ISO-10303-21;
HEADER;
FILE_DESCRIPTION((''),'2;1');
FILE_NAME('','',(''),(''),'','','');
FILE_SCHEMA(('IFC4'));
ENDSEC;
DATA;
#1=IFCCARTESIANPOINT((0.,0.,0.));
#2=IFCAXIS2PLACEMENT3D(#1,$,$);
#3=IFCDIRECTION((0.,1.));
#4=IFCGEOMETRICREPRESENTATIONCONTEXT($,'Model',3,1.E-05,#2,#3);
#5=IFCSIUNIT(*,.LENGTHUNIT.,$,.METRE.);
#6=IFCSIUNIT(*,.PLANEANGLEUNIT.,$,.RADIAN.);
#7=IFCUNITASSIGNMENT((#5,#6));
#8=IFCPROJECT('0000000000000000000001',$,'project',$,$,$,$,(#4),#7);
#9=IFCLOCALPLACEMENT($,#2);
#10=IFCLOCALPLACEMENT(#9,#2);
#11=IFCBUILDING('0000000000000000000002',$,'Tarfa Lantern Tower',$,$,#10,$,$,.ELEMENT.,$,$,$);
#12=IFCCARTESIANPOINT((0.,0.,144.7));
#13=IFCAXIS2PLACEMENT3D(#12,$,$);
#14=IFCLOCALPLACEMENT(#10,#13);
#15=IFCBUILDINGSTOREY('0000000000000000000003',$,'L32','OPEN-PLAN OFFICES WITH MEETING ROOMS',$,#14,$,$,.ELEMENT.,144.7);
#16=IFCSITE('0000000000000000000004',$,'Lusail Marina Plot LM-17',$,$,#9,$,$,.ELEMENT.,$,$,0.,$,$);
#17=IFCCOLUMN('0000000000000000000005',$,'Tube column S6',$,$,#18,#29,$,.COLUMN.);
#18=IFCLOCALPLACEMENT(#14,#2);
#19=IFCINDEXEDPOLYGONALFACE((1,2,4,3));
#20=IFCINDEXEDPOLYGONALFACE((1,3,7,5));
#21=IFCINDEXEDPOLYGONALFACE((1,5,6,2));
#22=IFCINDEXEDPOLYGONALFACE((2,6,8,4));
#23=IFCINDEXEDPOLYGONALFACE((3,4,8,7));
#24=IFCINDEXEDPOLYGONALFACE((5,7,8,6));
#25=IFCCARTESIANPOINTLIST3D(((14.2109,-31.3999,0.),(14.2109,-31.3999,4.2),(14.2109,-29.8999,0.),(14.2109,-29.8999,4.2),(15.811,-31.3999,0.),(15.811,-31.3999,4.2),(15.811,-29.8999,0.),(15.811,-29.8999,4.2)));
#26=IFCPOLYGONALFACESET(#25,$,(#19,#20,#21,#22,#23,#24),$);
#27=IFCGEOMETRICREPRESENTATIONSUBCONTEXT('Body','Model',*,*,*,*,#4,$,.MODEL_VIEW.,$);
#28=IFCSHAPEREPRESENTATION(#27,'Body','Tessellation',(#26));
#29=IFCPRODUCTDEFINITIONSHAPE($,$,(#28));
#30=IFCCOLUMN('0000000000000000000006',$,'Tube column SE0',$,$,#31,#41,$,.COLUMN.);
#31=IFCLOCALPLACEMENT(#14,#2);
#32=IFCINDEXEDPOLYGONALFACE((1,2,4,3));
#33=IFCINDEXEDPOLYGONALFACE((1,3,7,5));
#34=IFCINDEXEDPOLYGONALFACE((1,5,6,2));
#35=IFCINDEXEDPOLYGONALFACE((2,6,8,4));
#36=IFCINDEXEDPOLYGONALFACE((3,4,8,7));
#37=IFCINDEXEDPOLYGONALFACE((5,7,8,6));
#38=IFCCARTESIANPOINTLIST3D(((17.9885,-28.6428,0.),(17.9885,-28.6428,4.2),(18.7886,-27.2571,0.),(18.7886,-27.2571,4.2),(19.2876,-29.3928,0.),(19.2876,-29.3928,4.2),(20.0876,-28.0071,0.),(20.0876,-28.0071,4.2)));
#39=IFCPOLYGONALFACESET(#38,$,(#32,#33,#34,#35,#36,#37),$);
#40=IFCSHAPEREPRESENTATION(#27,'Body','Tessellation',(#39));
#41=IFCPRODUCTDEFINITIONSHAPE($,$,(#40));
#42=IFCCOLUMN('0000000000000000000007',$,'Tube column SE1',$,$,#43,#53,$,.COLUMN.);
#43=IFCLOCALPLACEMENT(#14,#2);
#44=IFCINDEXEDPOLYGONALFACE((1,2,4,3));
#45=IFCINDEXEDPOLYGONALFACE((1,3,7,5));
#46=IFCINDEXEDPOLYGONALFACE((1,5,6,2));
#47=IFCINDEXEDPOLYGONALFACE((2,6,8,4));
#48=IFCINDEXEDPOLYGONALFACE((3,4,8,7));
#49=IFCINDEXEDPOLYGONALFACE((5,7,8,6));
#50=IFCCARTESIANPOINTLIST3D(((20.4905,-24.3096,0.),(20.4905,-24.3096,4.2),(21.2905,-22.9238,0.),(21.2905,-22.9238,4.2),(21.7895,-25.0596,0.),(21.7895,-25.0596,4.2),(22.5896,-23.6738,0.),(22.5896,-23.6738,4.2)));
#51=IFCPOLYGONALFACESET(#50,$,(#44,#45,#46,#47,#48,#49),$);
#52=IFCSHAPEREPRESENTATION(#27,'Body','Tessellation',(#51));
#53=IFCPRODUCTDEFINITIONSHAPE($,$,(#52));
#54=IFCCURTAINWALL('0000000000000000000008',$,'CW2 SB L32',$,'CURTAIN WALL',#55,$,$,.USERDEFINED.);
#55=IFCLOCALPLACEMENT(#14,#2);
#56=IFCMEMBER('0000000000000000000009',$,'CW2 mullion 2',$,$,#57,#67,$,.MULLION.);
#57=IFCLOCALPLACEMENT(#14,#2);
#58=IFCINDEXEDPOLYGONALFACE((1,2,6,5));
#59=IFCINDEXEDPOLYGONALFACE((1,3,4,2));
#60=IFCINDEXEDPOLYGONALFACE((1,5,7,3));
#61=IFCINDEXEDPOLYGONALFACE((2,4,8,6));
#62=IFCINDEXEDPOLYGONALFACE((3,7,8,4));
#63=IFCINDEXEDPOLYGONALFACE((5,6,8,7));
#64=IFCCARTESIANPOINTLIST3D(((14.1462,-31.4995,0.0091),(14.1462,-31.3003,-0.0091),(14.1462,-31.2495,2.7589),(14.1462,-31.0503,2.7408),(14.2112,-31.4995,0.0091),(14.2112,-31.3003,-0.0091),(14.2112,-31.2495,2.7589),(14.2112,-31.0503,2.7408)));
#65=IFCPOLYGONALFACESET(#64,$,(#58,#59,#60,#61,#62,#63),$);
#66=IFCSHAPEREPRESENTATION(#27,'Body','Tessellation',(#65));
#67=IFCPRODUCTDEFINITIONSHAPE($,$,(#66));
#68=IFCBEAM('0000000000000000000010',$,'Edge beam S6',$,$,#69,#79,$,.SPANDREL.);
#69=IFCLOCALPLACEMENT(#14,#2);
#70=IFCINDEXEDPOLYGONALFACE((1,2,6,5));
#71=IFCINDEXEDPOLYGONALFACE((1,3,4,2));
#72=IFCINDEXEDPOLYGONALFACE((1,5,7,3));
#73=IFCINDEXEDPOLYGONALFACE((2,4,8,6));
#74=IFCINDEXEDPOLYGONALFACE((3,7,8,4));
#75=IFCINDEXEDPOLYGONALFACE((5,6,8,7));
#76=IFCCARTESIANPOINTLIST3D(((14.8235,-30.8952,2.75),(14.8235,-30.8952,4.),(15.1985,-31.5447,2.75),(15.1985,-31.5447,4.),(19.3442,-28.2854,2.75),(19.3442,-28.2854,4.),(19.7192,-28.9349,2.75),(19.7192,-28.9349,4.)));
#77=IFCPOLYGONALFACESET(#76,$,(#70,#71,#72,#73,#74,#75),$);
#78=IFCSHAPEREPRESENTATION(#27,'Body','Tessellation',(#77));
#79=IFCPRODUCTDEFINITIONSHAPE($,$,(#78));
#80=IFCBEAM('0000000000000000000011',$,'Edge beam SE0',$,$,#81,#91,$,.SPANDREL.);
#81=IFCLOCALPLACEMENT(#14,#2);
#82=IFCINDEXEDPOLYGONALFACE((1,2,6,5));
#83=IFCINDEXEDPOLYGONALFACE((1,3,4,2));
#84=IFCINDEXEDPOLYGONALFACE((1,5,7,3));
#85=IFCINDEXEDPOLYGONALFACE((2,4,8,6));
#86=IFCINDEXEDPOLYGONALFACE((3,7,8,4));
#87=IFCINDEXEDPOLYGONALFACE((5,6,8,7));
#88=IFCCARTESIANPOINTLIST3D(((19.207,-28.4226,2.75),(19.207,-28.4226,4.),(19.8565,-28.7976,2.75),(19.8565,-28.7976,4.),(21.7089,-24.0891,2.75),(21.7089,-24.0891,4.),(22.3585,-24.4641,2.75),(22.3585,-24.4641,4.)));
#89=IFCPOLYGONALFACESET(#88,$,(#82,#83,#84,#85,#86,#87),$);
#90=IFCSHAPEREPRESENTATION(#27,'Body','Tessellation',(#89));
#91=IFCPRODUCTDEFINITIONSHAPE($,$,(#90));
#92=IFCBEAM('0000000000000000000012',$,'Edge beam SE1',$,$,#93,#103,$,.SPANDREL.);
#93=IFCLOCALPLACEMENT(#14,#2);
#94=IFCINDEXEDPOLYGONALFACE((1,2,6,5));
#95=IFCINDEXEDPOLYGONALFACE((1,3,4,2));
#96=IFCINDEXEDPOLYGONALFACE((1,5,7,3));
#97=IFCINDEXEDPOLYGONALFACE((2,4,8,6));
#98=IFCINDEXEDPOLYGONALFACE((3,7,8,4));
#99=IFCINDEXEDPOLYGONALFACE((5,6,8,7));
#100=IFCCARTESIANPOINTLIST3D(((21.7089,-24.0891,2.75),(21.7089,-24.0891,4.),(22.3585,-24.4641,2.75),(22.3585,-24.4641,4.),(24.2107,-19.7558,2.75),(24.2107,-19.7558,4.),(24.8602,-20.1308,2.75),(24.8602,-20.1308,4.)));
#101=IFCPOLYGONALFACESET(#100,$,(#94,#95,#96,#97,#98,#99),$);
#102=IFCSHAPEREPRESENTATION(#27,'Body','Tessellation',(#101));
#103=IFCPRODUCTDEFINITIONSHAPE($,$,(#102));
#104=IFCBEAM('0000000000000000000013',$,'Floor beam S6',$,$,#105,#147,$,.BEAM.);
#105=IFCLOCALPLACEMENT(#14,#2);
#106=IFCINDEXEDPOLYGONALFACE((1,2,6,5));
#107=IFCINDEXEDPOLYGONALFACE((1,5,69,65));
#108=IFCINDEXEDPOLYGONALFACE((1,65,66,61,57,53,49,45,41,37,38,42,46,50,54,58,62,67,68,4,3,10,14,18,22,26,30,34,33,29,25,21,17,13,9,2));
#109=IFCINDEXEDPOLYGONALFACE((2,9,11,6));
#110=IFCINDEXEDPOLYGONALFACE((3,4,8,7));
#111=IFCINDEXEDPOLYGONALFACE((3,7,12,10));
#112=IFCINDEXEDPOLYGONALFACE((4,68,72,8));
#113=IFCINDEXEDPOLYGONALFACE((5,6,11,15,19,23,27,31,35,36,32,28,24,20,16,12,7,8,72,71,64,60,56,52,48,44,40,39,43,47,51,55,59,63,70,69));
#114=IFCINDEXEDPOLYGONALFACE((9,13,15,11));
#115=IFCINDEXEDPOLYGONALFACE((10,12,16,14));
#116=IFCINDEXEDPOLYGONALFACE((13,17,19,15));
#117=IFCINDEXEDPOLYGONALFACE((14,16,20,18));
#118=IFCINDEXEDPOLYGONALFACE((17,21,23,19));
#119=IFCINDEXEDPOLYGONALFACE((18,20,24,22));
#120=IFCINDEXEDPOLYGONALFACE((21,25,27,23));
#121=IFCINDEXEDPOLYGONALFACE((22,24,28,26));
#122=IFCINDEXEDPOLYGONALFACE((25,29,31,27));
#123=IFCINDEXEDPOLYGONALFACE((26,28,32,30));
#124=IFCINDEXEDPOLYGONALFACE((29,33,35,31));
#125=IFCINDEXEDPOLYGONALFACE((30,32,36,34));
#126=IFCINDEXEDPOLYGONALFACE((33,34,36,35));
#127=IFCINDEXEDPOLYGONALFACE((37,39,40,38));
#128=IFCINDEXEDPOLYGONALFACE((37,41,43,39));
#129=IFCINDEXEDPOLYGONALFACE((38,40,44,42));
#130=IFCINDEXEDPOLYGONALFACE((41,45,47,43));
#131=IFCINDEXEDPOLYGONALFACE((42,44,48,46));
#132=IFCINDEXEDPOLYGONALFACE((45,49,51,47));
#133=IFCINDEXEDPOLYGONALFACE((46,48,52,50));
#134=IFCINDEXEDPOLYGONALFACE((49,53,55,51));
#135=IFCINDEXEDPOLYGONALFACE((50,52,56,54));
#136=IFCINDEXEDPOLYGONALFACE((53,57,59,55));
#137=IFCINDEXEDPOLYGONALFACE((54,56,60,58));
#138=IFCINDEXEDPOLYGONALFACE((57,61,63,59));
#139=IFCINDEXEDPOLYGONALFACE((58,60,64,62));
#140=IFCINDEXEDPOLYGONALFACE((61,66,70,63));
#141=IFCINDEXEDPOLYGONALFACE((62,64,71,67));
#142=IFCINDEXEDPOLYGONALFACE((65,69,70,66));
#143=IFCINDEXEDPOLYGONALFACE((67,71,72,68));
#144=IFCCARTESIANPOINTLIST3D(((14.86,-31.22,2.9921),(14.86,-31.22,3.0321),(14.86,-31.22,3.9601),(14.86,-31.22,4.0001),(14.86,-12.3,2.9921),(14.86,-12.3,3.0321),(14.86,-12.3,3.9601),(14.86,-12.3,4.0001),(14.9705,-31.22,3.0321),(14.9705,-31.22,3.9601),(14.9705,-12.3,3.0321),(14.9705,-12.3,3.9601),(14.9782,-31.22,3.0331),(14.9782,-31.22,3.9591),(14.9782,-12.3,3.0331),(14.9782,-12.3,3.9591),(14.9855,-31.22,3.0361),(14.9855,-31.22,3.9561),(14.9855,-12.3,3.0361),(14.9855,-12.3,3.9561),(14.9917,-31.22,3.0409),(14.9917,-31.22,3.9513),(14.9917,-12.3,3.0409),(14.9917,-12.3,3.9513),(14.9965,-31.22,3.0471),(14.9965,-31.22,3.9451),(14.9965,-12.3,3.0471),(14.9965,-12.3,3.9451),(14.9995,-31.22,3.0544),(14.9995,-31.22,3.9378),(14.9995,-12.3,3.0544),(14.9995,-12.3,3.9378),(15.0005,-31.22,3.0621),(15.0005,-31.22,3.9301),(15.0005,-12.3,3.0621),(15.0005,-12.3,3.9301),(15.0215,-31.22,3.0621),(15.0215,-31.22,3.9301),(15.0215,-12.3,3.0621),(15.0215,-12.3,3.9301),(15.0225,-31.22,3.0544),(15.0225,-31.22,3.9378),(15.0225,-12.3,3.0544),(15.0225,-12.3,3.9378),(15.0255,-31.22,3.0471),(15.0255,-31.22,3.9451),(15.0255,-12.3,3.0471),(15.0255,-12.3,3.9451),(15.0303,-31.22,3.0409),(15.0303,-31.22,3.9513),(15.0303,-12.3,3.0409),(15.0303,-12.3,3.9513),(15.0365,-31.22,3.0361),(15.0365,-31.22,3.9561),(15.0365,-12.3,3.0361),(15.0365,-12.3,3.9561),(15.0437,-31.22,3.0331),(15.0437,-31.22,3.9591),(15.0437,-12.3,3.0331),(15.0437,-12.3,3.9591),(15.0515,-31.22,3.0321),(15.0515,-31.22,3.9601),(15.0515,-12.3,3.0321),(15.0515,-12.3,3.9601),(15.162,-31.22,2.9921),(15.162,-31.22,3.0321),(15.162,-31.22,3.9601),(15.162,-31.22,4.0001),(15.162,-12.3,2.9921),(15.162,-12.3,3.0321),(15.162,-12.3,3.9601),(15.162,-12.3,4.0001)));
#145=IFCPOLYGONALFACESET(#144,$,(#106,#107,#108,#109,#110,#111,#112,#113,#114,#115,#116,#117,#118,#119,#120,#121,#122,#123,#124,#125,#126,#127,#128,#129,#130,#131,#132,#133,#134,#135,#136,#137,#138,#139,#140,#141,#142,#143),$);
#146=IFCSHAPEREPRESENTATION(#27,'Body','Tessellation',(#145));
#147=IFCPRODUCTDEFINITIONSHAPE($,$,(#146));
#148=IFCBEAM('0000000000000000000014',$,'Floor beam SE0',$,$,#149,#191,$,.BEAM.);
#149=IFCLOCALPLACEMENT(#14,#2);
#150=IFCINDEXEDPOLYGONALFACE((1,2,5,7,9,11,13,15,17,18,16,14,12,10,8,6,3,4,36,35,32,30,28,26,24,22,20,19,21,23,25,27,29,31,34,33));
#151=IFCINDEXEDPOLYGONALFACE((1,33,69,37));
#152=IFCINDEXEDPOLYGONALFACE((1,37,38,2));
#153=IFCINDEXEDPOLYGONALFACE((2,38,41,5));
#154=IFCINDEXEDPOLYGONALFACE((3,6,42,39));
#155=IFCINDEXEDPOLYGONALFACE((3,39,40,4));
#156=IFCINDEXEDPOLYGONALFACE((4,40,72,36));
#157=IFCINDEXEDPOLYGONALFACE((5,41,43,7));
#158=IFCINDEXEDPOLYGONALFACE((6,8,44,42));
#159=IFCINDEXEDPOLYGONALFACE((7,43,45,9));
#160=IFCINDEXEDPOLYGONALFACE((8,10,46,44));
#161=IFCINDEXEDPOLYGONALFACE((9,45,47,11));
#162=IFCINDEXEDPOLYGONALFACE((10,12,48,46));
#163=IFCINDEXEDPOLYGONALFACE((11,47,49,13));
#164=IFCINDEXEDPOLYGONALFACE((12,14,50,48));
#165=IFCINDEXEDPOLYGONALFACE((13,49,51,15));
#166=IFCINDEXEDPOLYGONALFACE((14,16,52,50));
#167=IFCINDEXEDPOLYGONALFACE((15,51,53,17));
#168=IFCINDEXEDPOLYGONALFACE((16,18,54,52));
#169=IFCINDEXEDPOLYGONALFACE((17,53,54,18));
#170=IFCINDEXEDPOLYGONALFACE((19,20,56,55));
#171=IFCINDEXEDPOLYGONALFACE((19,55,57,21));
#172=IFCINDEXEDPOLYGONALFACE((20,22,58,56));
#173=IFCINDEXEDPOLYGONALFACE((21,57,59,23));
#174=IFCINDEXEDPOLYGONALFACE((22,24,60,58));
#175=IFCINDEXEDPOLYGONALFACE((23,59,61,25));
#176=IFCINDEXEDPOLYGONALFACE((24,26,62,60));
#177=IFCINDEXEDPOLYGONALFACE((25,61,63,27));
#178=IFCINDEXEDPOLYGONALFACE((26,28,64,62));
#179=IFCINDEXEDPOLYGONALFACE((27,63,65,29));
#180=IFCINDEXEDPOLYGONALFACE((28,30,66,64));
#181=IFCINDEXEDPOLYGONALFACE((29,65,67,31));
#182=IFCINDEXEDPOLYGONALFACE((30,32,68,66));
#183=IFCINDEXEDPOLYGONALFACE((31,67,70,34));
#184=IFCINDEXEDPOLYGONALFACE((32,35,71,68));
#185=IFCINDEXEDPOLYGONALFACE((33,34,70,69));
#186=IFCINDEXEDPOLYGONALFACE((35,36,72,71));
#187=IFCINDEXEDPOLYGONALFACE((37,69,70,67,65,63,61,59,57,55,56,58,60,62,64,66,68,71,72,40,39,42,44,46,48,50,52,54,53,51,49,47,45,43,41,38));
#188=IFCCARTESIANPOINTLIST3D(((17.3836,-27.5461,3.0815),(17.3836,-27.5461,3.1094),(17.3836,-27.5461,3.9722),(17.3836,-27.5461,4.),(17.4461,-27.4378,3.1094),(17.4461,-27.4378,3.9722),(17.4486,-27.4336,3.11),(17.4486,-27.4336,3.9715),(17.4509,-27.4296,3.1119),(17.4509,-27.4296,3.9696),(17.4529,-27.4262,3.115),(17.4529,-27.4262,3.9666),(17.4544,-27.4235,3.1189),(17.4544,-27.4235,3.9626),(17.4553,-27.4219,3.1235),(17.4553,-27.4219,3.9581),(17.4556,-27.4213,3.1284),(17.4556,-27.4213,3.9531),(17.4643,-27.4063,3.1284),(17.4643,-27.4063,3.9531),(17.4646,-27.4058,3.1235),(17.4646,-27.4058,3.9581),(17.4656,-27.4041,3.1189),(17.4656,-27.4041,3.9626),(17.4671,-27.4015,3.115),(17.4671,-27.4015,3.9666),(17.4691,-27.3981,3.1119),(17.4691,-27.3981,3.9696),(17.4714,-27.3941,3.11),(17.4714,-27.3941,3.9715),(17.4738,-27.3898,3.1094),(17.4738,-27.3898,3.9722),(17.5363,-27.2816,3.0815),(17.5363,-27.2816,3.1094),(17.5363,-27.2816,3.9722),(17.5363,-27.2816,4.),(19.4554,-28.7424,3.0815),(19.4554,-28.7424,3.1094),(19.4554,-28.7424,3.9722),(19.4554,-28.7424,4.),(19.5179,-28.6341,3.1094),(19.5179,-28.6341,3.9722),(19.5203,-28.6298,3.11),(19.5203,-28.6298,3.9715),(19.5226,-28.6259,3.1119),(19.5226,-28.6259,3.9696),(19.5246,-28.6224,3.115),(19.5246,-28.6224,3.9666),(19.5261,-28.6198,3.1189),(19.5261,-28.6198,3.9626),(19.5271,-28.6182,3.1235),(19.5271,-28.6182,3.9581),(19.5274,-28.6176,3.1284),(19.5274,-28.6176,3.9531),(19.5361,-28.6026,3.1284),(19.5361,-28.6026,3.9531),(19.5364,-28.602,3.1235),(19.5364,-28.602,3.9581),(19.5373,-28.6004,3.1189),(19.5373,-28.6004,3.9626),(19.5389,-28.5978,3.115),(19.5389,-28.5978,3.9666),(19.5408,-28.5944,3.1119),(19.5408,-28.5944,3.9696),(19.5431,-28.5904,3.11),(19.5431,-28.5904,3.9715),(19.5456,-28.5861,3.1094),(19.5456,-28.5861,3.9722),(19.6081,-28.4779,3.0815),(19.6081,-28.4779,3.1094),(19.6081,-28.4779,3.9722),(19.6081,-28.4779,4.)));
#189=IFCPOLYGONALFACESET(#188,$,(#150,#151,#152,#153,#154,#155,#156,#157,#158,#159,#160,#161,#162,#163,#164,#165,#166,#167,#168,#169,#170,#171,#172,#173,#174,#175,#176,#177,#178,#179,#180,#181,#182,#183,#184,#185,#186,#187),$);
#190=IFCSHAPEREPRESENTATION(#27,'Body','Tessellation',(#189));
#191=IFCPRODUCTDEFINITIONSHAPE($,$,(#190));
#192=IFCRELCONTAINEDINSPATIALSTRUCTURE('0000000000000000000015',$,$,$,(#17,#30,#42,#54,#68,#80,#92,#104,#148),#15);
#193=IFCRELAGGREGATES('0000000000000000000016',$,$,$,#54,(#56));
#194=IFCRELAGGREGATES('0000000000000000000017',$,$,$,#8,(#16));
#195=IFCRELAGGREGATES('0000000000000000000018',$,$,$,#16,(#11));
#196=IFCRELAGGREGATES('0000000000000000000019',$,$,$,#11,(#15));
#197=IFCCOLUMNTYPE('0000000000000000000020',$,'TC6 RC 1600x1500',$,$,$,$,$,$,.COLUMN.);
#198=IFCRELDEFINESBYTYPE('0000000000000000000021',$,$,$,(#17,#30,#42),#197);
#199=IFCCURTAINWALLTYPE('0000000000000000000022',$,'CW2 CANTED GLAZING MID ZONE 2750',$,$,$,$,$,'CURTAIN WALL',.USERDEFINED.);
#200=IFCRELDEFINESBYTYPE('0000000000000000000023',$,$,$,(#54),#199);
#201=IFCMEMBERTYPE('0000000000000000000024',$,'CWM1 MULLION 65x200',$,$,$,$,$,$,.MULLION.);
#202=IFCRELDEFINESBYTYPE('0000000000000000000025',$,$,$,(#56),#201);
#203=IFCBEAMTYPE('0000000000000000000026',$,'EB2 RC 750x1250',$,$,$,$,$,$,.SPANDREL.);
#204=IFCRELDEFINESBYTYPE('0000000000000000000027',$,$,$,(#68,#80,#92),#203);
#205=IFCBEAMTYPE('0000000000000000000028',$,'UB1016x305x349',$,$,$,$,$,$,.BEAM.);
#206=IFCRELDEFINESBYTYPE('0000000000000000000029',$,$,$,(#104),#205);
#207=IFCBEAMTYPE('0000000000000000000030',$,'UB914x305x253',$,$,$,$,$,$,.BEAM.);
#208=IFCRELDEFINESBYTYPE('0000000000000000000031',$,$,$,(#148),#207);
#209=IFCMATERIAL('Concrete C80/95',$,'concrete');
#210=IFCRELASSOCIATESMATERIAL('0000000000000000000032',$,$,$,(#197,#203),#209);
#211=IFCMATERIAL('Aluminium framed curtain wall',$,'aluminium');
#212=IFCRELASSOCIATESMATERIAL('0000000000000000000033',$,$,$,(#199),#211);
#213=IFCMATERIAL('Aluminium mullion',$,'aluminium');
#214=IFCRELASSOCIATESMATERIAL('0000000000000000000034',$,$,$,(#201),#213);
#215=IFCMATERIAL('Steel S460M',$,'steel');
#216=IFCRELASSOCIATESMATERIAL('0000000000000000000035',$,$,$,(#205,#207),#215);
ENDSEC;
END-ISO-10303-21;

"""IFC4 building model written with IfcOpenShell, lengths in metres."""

from ifc_helpers import new_model, si_unit, direction, frame, origin, origin_2d, place, context, subcontext, project, spatial, rectangle, i_section, extrude, material, material_profile, profile_set, type_object, element, aggregate, save


model = new_model("IFC4")

# Units and contexts
model_context = context("Model", 3, precision=1e-05, world=origin(), true_north=direction((0.0, 1.0)))
body_context = subcontext(model_context, "Body", "Model", "MODEL_VIEW")
ifc_project = project(units=[si_unit("LENGTHUNIT", "METRE"), si_unit("PLANEANGLEUNIT", "RADIAN")], contexts=[model_context])

# Site, building, storey
site_placement = place(None, origin())
site = spatial("IfcSite", under=ifc_project, at=site_placement, Name="Lusail Marina Plot LM-17", CompositionType="ELEMENT", RefElevation=0.0)
building_placement = place(site_placement, origin())
building = spatial("IfcBuilding", under=site, at=building_placement, Name="Tarfa Lantern Tower", CompositionType="ELEMENT")
storey_placement = place(building_placement, frame((0.0, 0.0, 144.7)))
storey = spatial("IfcBuildingStorey", under=building, at=storey_placement, Name="L32", Description="OPEN-PLAN OFFICES WITH MEETING ROOMS", CompositionType="ELEMENT", Elevation=144.7)

# Columns
ifc_material_1 = material(Name="Concrete C80/95", Category="concrete")
ifc_material_profile_1 = material_profile(ifc_material_1, rectangle(XDim=1.6001, YDim=1.5, at=origin_2d()), Name="RC 1600x1500")
ifc_profile_set_1 = profile_set([ifc_material_profile_1], Name="Concrete C80/95")
column_type = type_object("IfcColumnType", Name="TC6 RC 1600x1500", PredefinedType="COLUMN", material=ifc_profile_set_1)
for number, where, z_axis, x_axis, name in (
    (1, (15.011, -30.6499, 0.0), (0.0, 0.0, 1.0), (1.0, 0.0, 0.0), "Tube column S6"),
    (2, (19.0381, -28.325, 0.0), (0.0, 0.0, 1.0), (0.5, 0.866025, 0.0), "Tube column SE0"),
    (3, (21.54, -23.9917, 0.0), (0.0, 0.0, 1.0), (0.5, 0.866025, 0.0), "Tube column SE1"),
):
    element("IfcColumn", number, at=place(storey_placement, frame(where, z_axis=z_axis, x_axis=x_axis)), inside=storey, type_object=column_type, Name=name, PredefinedType="COLUMN", context=body_context, shape_type="SweptSolid", body=[
        extrude(rectangle(XDim=1.6001, YDim=1.5, at=origin_2d()), origin(), (0.0, 0.0, 1.0), 4.2),
    ])

# Curtain wall, member
ifc_material_2 = material(Name="Aluminium framed curtain wall", Category="aluminium")
curtain_wall_type = type_object("IfcCurtainWallType", Name="CW2 CANTED GLAZING MID ZONE 2750", ElementType="CURTAIN WALL", PredefinedType="USERDEFINED", material=ifc_material_2)
curtain_wall_placement = place(storey_placement, origin())
curtain_wall = element("IfcCurtainWall", 4, at=curtain_wall_placement, inside=storey, type_object=curtain_wall_type, Name="CW2 SB L32", ObjectType="CURTAIN WALL", PredefinedType="USERDEFINED")
ifc_material_3 = material(Name="Aluminium mullion", Category="aluminium")
ifc_material_profile_2 = material_profile(ifc_material_3, rectangle(XDim=0.0649, YDim=0.2, at=origin_2d()), Name="AL MULLION 65x200")
ifc_profile_set_2 = profile_set([ifc_material_profile_2], Name="Aluminium mullion")
member_type = type_object("IfcMemberType", Name="CWM1 MULLION 65x200", PredefinedType="MULLION", material=ifc_profile_set_2)
member_placement = place(storey_placement, frame((14.1787, -31.3999, 0.0), z_axis=(0.0, 0.090536, 0.995893), x_axis=(-1.0, 0.0, 0.0)))
member = element("IfcMember", 5, at=member_placement, type_object=member_type, Name="CW2 mullion 2", PredefinedType="MULLION", context=body_context, shape_type="SweptSolid", body=[
    extrude(rectangle(XDim=0.0649, YDim=0.2, at=origin_2d()), origin(), (0.0, 0.0, 1.0), 2.7612),
])
aggregate(curtain_wall, [member])

# Beams
ifc_material_profile_3 = material_profile(ifc_material_1, rectangle(XDim=0.75, YDim=1.25, at=origin_2d()), Name="RC 750x1250")
ifc_profile_set_3 = profile_set([ifc_material_profile_3], Name="Concrete C80/95")
beam_type_1 = type_object("IfcBeamType", Name="EB2 RC 750x1250", PredefinedType="SPANDREL", material=ifc_profile_set_3)
beam_1_placement = place(storey_placement, frame((15.011, -31.22, 3.375), z_axis=(0.866042, 0.499972, 0.0), x_axis=(-0.499972, 0.866042, 0.0)))
element("IfcBeam", 6, at=beam_1_placement, inside=storey, type_object=beam_type_1, Name="Edge beam S6", PredefinedType="SPANDREL", context=body_context, shape_type="SweptSolid", body=[
    extrude(rectangle(XDim=0.75, YDim=1.25, at=origin_2d()), origin(), (0.0, 0.0, 1.0), 5.22),
])
beam_2_placement = place(storey_placement, frame((19.5317, -28.6101, 3.375), z_axis=(0.500001, 0.866025, 0.0), x_axis=(-0.866025, 0.500001, 0.0)))
element("IfcBeam", 7, at=beam_2_placement, inside=storey, type_object=beam_type_1, Name="Edge beam SE0", PredefinedType="SPANDREL", context=body_context, shape_type="SweptSolid", body=[
    extrude(rectangle(XDim=0.75, YDim=1.25, at=origin_2d()), origin(), (0.0, 0.0, 1.0), 5.0039),
])
beam_3_placement = place(storey_placement, frame((22.0337, -24.2766, 3.375), z_axis=(0.499986, 0.866034, 0.0), x_axis=(-0.866034, 0.499986, 0.0)))
element("IfcBeam", 8, at=beam_3_placement, inside=storey, type_object=beam_type_1, Name="Edge beam SE1", PredefinedType="SPANDREL", context=body_context, shape_type="SweptSolid", body=[
    extrude(rectangle(XDim=0.75, YDim=1.25, at=origin_2d()), origin(), (0.0, 0.0, 1.0), 5.0037),
])
ifc_material_4 = material(Name="Steel S460M", Category="steel")
ifc_material_profile_4 = material_profile(ifc_material_4, i_section(OverallWidth=0.302, OverallDepth=1.0081, WebThickness=0.021, FlangeThickness=0.04, FilletRadius=0.03, at=origin_2d()), Name="UB1016x305x349")
ifc_profile_set_4 = profile_set([ifc_material_profile_4], Name="Steel S460M")
beam_type_2 = type_object("IfcBeamType", Name="UB1016x305x349", PredefinedType="BEAM", material=ifc_profile_set_4)
beam_4_placement = place(storey_placement, frame((15.011, -31.22, 3.4961), z_axis=(0.0, 1.0, 0.0), x_axis=(-1.0, 0.0, 0.0)))
element("IfcBeam", 9, at=beam_4_placement, inside=storey, type_object=beam_type_2, Name="Floor beam S6", PredefinedType="BEAM", context=body_context, shape_type="SweptSolid", body=[
    extrude(i_section(OverallWidth=0.302, OverallDepth=1.0081, WebThickness=0.021, FlangeThickness=0.04, FilletRadius=0.03, at=origin_2d()), origin(), (0.0, 0.0, 1.0), 18.9199),
])
ifc_material_profile_5 = material_profile(ifc_material_4, i_section(OverallWidth=0.3054, OverallDepth=0.9185, WebThickness=0.0173, FlangeThickness=0.0278, FilletRadius=0.019, at=origin_2d()), Name="UB914x305x253")
ifc_profile_set_5 = profile_set([ifc_material_profile_5], Name="Steel S460M")
beam_type_3 = type_object("IfcBeamType", Name="UB914x305x253", PredefinedType="BEAM", material=ifc_profile_set_5)
beam_5_placement = place(storey_placement, frame((19.5317, -28.6101, 3.5408), z_axis=(-0.865999, 0.500046, 0.0), x_axis=(-0.500046, -0.865999, 0.0)))
element("IfcBeam", 10, at=beam_5_placement, inside=storey, type_object=beam_type_3, Name="Floor beam SE0", PredefinedType="BEAM", context=body_context, shape_type="SweptSolid", body=[
    extrude(i_section(OverallWidth=0.3054, OverallDepth=0.9185, WebThickness=0.0173, FlangeThickness=0.0278, FilletRadius=0.019, at=origin_2d()), origin(), (0.0, 0.0, 1.0), 2.3923),
])

save(model, "model.ifc")
